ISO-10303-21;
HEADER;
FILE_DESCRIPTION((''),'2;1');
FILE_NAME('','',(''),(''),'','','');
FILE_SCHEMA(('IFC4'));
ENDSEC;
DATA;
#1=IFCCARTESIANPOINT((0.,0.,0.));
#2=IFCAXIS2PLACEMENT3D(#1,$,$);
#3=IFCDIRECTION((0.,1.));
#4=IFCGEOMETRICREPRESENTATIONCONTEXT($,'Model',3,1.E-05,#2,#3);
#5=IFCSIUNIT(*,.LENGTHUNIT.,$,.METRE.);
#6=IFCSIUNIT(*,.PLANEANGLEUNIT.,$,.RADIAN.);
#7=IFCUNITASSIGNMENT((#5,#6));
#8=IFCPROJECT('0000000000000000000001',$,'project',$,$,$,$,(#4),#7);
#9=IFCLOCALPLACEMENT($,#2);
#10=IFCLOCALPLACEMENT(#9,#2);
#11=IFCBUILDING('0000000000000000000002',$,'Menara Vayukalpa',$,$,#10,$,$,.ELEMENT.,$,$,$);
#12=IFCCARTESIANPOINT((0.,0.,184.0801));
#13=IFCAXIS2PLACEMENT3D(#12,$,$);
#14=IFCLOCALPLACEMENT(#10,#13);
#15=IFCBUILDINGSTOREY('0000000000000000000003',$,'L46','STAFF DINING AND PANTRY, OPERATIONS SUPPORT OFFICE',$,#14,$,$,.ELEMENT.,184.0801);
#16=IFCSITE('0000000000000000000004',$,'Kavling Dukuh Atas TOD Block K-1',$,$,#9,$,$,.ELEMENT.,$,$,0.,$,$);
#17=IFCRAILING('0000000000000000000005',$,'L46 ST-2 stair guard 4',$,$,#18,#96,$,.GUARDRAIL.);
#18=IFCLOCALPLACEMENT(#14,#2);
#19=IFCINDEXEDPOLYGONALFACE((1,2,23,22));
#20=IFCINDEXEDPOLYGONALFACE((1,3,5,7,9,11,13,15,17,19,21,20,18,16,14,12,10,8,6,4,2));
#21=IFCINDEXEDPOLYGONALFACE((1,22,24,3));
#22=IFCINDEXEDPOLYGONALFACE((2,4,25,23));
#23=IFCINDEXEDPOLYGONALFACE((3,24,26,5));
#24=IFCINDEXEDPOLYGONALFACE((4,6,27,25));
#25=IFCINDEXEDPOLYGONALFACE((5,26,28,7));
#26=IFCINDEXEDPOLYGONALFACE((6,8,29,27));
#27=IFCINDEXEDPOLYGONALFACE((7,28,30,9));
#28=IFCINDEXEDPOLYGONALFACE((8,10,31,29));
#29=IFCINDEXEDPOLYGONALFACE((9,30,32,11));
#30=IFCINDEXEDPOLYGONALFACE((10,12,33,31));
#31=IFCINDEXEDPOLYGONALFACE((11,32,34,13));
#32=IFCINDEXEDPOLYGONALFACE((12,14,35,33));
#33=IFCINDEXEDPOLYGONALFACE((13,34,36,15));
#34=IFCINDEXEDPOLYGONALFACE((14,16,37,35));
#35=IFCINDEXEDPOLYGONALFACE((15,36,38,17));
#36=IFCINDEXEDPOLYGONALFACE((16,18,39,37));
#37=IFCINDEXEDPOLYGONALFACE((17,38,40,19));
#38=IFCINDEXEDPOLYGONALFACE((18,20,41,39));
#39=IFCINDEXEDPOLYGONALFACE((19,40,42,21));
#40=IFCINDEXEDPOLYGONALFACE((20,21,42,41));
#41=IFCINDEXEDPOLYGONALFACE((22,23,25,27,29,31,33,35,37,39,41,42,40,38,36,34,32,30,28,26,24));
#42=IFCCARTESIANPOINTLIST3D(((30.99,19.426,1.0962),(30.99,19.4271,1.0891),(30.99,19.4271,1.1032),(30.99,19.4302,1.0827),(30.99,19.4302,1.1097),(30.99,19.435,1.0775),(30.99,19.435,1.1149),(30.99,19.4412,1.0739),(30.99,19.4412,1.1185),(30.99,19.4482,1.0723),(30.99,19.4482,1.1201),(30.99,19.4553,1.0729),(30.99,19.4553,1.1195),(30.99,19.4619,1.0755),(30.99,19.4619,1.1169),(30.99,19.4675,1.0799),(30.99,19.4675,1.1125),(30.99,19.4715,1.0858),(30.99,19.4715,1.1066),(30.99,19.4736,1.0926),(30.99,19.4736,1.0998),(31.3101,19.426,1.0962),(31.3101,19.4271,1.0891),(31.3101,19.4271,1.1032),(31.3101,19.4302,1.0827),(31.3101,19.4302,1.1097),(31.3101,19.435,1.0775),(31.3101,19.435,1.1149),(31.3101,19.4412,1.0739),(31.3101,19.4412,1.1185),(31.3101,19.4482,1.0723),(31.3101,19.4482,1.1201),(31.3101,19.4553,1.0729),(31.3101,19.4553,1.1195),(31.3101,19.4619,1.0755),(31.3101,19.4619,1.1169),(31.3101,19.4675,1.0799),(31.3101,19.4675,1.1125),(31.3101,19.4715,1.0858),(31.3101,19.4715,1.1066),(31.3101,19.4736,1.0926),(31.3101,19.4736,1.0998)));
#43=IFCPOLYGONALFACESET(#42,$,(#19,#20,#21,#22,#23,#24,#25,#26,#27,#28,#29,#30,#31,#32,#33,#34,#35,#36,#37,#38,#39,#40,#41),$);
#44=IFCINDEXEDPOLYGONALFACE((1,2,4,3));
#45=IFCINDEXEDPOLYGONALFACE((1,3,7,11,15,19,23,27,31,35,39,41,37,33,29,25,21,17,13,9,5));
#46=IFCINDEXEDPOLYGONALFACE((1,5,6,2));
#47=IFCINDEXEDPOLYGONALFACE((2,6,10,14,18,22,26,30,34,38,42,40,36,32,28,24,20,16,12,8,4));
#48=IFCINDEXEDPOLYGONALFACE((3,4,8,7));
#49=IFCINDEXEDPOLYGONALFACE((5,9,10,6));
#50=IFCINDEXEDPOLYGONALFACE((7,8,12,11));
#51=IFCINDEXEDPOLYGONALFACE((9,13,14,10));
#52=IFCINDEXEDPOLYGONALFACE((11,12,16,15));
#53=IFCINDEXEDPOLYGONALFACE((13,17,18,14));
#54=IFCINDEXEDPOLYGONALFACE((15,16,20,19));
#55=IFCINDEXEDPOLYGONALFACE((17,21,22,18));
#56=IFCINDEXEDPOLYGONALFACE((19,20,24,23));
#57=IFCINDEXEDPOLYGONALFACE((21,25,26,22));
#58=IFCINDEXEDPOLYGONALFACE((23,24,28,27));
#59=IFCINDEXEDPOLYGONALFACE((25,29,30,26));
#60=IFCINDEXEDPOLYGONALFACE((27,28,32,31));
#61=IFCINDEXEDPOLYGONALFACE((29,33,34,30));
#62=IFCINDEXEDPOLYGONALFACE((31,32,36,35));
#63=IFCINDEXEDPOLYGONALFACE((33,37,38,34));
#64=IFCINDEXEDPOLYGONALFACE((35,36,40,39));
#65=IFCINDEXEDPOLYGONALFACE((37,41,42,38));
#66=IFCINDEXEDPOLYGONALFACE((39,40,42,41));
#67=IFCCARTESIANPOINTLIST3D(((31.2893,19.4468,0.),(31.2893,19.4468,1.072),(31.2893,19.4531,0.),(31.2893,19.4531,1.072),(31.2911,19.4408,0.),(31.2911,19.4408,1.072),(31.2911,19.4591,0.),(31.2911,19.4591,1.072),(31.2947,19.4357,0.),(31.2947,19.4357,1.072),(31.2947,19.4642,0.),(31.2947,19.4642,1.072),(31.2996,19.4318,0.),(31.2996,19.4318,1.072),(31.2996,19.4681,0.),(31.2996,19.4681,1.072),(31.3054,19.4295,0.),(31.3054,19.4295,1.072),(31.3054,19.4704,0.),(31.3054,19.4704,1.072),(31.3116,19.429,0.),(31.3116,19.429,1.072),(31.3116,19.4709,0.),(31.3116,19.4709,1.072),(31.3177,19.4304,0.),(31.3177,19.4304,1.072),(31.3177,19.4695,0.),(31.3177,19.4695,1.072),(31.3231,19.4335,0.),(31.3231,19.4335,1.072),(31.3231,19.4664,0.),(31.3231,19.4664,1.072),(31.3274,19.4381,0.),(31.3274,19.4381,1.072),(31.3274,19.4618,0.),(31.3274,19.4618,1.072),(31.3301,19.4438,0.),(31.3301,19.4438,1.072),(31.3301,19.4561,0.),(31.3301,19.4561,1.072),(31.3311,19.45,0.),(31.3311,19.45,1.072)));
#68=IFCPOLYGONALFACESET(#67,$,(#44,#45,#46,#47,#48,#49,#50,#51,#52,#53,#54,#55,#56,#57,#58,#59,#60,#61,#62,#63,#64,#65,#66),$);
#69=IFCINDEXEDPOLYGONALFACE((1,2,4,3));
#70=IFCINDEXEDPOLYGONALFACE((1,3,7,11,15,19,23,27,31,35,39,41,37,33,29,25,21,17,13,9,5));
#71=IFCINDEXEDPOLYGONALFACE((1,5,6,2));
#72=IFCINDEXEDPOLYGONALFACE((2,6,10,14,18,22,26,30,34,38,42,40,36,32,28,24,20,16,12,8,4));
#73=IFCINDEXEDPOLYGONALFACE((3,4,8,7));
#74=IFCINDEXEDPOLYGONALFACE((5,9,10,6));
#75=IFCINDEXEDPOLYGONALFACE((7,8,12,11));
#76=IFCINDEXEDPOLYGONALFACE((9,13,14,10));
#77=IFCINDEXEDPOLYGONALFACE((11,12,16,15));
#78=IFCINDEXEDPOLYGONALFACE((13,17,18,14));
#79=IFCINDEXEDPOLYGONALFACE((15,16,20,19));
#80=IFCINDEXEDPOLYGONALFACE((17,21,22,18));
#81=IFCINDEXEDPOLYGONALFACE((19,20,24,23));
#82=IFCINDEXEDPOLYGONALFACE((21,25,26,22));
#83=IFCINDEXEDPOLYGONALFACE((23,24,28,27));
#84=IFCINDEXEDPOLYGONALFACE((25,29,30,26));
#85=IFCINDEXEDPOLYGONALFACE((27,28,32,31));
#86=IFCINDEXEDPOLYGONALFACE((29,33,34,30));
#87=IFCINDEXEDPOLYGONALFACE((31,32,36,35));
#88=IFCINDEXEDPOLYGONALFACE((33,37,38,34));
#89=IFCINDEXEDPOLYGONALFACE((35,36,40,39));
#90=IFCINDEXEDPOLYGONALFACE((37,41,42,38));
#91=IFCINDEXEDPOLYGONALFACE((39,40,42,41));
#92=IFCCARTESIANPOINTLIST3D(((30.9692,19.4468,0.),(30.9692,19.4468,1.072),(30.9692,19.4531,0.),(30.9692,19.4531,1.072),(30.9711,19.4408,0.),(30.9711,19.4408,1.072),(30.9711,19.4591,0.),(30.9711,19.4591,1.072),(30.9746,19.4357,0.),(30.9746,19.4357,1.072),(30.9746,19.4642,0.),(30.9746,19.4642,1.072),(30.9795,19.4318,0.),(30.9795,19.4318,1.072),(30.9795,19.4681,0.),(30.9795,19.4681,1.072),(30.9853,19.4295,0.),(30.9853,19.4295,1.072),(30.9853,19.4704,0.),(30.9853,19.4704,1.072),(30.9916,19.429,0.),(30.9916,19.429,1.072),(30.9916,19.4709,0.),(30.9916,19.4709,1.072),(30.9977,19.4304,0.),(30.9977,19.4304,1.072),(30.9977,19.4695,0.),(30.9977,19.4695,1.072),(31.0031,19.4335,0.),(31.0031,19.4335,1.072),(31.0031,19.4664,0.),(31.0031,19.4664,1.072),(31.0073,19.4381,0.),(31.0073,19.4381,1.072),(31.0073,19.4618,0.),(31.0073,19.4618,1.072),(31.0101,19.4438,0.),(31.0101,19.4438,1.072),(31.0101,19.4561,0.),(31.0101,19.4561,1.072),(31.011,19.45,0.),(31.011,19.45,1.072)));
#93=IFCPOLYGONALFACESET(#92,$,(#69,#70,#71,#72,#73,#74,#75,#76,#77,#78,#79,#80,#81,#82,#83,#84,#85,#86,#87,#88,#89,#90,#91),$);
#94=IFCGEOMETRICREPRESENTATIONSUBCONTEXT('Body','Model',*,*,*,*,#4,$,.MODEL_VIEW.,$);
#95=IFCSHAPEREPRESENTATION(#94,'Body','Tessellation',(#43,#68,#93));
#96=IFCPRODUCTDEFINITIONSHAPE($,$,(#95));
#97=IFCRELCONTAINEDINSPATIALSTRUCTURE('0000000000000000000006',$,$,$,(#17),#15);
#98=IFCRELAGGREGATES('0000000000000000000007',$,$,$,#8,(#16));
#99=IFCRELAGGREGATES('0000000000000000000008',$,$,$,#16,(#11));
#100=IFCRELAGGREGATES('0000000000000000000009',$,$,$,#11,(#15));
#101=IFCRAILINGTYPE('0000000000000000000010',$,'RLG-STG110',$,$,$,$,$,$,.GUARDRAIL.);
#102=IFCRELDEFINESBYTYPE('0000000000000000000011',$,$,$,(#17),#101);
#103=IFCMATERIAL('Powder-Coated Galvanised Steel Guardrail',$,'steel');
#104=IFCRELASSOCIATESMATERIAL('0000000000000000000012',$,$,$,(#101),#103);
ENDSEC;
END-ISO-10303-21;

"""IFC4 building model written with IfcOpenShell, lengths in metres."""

from ifc_helpers import new_model, si_unit, direction, frame, origin, origin_2d, place, context, subcontext, project, spatial, circle, extrude, material, type_object, element, save


model = new_model("IFC4")

# Units and contexts
model_context = context("Model", 3, precision=1e-05, world=origin(), true_north=direction((0.0, 1.0)))
body_context = subcontext(model_context, "Body", "Model", "MODEL_VIEW")
ifc_project = project(units=[si_unit("LENGTHUNIT", "METRE"), si_unit("PLANEANGLEUNIT", "RADIAN")], contexts=[model_context])

# Site, building, storey
site_placement = place(None, origin())
site = spatial("IfcSite", under=ifc_project, at=site_placement, Name="Kavling Dukuh Atas TOD Block K-1", CompositionType="ELEMENT", RefElevation=0.0)
building_placement = place(site_placement, origin())
building = spatial("IfcBuilding", under=site, at=building_placement, Name="Menara Vayukalpa", CompositionType="ELEMENT")
storey_placement = place(building_placement, frame((0.0, 0.0, 184.0801)))
storey = spatial("IfcBuildingStorey", under=building, at=storey_placement, Name="L46", Description="STAFF DINING AND PANTRY, OPERATIONS SUPPORT OFFICE", CompositionType="ELEMENT", Elevation=184.0801)

# Railing
ifc_material_1 = material(Name="Powder-Coated Galvanised Steel Guardrail", Category="steel")
railing_type_1 = type_object("IfcRailingType", Name="RLG-STG110", PredefinedType="GUARDRAIL", material=ifc_material_1)
railing_1_placement = place(storey_placement, frame((31.3101, 19.45, 0.0)))
element("IfcRailing", 1, at=railing_1_placement, inside=storey, type_object=railing_type_1, Name="L46 ST-2 stair guard 4", PredefinedType="GUARDRAIL", context=body_context, shape_type="SweptSolid", body=[
    extrude(circle(Radius=0.0239, at=origin_2d()), frame((0.0, 0.0, 1.0962), z_axis=(-1.0, 0.0, 0.0), x_axis=(0.0, -1.0, 0.0)), (0.0, 0.0, 1.0), 0.3201),
    extrude(circle(Radius=0.021, at=origin_2d()), origin(), (0.0, 0.0, 1.0), 1.072),
    extrude(circle(Radius=0.021, at=origin_2d()), frame((-0.3201, 0.0, 0.0)), (0.0, 0.0, 1.0), 1.072),
])

save(model, "model.ifc")
